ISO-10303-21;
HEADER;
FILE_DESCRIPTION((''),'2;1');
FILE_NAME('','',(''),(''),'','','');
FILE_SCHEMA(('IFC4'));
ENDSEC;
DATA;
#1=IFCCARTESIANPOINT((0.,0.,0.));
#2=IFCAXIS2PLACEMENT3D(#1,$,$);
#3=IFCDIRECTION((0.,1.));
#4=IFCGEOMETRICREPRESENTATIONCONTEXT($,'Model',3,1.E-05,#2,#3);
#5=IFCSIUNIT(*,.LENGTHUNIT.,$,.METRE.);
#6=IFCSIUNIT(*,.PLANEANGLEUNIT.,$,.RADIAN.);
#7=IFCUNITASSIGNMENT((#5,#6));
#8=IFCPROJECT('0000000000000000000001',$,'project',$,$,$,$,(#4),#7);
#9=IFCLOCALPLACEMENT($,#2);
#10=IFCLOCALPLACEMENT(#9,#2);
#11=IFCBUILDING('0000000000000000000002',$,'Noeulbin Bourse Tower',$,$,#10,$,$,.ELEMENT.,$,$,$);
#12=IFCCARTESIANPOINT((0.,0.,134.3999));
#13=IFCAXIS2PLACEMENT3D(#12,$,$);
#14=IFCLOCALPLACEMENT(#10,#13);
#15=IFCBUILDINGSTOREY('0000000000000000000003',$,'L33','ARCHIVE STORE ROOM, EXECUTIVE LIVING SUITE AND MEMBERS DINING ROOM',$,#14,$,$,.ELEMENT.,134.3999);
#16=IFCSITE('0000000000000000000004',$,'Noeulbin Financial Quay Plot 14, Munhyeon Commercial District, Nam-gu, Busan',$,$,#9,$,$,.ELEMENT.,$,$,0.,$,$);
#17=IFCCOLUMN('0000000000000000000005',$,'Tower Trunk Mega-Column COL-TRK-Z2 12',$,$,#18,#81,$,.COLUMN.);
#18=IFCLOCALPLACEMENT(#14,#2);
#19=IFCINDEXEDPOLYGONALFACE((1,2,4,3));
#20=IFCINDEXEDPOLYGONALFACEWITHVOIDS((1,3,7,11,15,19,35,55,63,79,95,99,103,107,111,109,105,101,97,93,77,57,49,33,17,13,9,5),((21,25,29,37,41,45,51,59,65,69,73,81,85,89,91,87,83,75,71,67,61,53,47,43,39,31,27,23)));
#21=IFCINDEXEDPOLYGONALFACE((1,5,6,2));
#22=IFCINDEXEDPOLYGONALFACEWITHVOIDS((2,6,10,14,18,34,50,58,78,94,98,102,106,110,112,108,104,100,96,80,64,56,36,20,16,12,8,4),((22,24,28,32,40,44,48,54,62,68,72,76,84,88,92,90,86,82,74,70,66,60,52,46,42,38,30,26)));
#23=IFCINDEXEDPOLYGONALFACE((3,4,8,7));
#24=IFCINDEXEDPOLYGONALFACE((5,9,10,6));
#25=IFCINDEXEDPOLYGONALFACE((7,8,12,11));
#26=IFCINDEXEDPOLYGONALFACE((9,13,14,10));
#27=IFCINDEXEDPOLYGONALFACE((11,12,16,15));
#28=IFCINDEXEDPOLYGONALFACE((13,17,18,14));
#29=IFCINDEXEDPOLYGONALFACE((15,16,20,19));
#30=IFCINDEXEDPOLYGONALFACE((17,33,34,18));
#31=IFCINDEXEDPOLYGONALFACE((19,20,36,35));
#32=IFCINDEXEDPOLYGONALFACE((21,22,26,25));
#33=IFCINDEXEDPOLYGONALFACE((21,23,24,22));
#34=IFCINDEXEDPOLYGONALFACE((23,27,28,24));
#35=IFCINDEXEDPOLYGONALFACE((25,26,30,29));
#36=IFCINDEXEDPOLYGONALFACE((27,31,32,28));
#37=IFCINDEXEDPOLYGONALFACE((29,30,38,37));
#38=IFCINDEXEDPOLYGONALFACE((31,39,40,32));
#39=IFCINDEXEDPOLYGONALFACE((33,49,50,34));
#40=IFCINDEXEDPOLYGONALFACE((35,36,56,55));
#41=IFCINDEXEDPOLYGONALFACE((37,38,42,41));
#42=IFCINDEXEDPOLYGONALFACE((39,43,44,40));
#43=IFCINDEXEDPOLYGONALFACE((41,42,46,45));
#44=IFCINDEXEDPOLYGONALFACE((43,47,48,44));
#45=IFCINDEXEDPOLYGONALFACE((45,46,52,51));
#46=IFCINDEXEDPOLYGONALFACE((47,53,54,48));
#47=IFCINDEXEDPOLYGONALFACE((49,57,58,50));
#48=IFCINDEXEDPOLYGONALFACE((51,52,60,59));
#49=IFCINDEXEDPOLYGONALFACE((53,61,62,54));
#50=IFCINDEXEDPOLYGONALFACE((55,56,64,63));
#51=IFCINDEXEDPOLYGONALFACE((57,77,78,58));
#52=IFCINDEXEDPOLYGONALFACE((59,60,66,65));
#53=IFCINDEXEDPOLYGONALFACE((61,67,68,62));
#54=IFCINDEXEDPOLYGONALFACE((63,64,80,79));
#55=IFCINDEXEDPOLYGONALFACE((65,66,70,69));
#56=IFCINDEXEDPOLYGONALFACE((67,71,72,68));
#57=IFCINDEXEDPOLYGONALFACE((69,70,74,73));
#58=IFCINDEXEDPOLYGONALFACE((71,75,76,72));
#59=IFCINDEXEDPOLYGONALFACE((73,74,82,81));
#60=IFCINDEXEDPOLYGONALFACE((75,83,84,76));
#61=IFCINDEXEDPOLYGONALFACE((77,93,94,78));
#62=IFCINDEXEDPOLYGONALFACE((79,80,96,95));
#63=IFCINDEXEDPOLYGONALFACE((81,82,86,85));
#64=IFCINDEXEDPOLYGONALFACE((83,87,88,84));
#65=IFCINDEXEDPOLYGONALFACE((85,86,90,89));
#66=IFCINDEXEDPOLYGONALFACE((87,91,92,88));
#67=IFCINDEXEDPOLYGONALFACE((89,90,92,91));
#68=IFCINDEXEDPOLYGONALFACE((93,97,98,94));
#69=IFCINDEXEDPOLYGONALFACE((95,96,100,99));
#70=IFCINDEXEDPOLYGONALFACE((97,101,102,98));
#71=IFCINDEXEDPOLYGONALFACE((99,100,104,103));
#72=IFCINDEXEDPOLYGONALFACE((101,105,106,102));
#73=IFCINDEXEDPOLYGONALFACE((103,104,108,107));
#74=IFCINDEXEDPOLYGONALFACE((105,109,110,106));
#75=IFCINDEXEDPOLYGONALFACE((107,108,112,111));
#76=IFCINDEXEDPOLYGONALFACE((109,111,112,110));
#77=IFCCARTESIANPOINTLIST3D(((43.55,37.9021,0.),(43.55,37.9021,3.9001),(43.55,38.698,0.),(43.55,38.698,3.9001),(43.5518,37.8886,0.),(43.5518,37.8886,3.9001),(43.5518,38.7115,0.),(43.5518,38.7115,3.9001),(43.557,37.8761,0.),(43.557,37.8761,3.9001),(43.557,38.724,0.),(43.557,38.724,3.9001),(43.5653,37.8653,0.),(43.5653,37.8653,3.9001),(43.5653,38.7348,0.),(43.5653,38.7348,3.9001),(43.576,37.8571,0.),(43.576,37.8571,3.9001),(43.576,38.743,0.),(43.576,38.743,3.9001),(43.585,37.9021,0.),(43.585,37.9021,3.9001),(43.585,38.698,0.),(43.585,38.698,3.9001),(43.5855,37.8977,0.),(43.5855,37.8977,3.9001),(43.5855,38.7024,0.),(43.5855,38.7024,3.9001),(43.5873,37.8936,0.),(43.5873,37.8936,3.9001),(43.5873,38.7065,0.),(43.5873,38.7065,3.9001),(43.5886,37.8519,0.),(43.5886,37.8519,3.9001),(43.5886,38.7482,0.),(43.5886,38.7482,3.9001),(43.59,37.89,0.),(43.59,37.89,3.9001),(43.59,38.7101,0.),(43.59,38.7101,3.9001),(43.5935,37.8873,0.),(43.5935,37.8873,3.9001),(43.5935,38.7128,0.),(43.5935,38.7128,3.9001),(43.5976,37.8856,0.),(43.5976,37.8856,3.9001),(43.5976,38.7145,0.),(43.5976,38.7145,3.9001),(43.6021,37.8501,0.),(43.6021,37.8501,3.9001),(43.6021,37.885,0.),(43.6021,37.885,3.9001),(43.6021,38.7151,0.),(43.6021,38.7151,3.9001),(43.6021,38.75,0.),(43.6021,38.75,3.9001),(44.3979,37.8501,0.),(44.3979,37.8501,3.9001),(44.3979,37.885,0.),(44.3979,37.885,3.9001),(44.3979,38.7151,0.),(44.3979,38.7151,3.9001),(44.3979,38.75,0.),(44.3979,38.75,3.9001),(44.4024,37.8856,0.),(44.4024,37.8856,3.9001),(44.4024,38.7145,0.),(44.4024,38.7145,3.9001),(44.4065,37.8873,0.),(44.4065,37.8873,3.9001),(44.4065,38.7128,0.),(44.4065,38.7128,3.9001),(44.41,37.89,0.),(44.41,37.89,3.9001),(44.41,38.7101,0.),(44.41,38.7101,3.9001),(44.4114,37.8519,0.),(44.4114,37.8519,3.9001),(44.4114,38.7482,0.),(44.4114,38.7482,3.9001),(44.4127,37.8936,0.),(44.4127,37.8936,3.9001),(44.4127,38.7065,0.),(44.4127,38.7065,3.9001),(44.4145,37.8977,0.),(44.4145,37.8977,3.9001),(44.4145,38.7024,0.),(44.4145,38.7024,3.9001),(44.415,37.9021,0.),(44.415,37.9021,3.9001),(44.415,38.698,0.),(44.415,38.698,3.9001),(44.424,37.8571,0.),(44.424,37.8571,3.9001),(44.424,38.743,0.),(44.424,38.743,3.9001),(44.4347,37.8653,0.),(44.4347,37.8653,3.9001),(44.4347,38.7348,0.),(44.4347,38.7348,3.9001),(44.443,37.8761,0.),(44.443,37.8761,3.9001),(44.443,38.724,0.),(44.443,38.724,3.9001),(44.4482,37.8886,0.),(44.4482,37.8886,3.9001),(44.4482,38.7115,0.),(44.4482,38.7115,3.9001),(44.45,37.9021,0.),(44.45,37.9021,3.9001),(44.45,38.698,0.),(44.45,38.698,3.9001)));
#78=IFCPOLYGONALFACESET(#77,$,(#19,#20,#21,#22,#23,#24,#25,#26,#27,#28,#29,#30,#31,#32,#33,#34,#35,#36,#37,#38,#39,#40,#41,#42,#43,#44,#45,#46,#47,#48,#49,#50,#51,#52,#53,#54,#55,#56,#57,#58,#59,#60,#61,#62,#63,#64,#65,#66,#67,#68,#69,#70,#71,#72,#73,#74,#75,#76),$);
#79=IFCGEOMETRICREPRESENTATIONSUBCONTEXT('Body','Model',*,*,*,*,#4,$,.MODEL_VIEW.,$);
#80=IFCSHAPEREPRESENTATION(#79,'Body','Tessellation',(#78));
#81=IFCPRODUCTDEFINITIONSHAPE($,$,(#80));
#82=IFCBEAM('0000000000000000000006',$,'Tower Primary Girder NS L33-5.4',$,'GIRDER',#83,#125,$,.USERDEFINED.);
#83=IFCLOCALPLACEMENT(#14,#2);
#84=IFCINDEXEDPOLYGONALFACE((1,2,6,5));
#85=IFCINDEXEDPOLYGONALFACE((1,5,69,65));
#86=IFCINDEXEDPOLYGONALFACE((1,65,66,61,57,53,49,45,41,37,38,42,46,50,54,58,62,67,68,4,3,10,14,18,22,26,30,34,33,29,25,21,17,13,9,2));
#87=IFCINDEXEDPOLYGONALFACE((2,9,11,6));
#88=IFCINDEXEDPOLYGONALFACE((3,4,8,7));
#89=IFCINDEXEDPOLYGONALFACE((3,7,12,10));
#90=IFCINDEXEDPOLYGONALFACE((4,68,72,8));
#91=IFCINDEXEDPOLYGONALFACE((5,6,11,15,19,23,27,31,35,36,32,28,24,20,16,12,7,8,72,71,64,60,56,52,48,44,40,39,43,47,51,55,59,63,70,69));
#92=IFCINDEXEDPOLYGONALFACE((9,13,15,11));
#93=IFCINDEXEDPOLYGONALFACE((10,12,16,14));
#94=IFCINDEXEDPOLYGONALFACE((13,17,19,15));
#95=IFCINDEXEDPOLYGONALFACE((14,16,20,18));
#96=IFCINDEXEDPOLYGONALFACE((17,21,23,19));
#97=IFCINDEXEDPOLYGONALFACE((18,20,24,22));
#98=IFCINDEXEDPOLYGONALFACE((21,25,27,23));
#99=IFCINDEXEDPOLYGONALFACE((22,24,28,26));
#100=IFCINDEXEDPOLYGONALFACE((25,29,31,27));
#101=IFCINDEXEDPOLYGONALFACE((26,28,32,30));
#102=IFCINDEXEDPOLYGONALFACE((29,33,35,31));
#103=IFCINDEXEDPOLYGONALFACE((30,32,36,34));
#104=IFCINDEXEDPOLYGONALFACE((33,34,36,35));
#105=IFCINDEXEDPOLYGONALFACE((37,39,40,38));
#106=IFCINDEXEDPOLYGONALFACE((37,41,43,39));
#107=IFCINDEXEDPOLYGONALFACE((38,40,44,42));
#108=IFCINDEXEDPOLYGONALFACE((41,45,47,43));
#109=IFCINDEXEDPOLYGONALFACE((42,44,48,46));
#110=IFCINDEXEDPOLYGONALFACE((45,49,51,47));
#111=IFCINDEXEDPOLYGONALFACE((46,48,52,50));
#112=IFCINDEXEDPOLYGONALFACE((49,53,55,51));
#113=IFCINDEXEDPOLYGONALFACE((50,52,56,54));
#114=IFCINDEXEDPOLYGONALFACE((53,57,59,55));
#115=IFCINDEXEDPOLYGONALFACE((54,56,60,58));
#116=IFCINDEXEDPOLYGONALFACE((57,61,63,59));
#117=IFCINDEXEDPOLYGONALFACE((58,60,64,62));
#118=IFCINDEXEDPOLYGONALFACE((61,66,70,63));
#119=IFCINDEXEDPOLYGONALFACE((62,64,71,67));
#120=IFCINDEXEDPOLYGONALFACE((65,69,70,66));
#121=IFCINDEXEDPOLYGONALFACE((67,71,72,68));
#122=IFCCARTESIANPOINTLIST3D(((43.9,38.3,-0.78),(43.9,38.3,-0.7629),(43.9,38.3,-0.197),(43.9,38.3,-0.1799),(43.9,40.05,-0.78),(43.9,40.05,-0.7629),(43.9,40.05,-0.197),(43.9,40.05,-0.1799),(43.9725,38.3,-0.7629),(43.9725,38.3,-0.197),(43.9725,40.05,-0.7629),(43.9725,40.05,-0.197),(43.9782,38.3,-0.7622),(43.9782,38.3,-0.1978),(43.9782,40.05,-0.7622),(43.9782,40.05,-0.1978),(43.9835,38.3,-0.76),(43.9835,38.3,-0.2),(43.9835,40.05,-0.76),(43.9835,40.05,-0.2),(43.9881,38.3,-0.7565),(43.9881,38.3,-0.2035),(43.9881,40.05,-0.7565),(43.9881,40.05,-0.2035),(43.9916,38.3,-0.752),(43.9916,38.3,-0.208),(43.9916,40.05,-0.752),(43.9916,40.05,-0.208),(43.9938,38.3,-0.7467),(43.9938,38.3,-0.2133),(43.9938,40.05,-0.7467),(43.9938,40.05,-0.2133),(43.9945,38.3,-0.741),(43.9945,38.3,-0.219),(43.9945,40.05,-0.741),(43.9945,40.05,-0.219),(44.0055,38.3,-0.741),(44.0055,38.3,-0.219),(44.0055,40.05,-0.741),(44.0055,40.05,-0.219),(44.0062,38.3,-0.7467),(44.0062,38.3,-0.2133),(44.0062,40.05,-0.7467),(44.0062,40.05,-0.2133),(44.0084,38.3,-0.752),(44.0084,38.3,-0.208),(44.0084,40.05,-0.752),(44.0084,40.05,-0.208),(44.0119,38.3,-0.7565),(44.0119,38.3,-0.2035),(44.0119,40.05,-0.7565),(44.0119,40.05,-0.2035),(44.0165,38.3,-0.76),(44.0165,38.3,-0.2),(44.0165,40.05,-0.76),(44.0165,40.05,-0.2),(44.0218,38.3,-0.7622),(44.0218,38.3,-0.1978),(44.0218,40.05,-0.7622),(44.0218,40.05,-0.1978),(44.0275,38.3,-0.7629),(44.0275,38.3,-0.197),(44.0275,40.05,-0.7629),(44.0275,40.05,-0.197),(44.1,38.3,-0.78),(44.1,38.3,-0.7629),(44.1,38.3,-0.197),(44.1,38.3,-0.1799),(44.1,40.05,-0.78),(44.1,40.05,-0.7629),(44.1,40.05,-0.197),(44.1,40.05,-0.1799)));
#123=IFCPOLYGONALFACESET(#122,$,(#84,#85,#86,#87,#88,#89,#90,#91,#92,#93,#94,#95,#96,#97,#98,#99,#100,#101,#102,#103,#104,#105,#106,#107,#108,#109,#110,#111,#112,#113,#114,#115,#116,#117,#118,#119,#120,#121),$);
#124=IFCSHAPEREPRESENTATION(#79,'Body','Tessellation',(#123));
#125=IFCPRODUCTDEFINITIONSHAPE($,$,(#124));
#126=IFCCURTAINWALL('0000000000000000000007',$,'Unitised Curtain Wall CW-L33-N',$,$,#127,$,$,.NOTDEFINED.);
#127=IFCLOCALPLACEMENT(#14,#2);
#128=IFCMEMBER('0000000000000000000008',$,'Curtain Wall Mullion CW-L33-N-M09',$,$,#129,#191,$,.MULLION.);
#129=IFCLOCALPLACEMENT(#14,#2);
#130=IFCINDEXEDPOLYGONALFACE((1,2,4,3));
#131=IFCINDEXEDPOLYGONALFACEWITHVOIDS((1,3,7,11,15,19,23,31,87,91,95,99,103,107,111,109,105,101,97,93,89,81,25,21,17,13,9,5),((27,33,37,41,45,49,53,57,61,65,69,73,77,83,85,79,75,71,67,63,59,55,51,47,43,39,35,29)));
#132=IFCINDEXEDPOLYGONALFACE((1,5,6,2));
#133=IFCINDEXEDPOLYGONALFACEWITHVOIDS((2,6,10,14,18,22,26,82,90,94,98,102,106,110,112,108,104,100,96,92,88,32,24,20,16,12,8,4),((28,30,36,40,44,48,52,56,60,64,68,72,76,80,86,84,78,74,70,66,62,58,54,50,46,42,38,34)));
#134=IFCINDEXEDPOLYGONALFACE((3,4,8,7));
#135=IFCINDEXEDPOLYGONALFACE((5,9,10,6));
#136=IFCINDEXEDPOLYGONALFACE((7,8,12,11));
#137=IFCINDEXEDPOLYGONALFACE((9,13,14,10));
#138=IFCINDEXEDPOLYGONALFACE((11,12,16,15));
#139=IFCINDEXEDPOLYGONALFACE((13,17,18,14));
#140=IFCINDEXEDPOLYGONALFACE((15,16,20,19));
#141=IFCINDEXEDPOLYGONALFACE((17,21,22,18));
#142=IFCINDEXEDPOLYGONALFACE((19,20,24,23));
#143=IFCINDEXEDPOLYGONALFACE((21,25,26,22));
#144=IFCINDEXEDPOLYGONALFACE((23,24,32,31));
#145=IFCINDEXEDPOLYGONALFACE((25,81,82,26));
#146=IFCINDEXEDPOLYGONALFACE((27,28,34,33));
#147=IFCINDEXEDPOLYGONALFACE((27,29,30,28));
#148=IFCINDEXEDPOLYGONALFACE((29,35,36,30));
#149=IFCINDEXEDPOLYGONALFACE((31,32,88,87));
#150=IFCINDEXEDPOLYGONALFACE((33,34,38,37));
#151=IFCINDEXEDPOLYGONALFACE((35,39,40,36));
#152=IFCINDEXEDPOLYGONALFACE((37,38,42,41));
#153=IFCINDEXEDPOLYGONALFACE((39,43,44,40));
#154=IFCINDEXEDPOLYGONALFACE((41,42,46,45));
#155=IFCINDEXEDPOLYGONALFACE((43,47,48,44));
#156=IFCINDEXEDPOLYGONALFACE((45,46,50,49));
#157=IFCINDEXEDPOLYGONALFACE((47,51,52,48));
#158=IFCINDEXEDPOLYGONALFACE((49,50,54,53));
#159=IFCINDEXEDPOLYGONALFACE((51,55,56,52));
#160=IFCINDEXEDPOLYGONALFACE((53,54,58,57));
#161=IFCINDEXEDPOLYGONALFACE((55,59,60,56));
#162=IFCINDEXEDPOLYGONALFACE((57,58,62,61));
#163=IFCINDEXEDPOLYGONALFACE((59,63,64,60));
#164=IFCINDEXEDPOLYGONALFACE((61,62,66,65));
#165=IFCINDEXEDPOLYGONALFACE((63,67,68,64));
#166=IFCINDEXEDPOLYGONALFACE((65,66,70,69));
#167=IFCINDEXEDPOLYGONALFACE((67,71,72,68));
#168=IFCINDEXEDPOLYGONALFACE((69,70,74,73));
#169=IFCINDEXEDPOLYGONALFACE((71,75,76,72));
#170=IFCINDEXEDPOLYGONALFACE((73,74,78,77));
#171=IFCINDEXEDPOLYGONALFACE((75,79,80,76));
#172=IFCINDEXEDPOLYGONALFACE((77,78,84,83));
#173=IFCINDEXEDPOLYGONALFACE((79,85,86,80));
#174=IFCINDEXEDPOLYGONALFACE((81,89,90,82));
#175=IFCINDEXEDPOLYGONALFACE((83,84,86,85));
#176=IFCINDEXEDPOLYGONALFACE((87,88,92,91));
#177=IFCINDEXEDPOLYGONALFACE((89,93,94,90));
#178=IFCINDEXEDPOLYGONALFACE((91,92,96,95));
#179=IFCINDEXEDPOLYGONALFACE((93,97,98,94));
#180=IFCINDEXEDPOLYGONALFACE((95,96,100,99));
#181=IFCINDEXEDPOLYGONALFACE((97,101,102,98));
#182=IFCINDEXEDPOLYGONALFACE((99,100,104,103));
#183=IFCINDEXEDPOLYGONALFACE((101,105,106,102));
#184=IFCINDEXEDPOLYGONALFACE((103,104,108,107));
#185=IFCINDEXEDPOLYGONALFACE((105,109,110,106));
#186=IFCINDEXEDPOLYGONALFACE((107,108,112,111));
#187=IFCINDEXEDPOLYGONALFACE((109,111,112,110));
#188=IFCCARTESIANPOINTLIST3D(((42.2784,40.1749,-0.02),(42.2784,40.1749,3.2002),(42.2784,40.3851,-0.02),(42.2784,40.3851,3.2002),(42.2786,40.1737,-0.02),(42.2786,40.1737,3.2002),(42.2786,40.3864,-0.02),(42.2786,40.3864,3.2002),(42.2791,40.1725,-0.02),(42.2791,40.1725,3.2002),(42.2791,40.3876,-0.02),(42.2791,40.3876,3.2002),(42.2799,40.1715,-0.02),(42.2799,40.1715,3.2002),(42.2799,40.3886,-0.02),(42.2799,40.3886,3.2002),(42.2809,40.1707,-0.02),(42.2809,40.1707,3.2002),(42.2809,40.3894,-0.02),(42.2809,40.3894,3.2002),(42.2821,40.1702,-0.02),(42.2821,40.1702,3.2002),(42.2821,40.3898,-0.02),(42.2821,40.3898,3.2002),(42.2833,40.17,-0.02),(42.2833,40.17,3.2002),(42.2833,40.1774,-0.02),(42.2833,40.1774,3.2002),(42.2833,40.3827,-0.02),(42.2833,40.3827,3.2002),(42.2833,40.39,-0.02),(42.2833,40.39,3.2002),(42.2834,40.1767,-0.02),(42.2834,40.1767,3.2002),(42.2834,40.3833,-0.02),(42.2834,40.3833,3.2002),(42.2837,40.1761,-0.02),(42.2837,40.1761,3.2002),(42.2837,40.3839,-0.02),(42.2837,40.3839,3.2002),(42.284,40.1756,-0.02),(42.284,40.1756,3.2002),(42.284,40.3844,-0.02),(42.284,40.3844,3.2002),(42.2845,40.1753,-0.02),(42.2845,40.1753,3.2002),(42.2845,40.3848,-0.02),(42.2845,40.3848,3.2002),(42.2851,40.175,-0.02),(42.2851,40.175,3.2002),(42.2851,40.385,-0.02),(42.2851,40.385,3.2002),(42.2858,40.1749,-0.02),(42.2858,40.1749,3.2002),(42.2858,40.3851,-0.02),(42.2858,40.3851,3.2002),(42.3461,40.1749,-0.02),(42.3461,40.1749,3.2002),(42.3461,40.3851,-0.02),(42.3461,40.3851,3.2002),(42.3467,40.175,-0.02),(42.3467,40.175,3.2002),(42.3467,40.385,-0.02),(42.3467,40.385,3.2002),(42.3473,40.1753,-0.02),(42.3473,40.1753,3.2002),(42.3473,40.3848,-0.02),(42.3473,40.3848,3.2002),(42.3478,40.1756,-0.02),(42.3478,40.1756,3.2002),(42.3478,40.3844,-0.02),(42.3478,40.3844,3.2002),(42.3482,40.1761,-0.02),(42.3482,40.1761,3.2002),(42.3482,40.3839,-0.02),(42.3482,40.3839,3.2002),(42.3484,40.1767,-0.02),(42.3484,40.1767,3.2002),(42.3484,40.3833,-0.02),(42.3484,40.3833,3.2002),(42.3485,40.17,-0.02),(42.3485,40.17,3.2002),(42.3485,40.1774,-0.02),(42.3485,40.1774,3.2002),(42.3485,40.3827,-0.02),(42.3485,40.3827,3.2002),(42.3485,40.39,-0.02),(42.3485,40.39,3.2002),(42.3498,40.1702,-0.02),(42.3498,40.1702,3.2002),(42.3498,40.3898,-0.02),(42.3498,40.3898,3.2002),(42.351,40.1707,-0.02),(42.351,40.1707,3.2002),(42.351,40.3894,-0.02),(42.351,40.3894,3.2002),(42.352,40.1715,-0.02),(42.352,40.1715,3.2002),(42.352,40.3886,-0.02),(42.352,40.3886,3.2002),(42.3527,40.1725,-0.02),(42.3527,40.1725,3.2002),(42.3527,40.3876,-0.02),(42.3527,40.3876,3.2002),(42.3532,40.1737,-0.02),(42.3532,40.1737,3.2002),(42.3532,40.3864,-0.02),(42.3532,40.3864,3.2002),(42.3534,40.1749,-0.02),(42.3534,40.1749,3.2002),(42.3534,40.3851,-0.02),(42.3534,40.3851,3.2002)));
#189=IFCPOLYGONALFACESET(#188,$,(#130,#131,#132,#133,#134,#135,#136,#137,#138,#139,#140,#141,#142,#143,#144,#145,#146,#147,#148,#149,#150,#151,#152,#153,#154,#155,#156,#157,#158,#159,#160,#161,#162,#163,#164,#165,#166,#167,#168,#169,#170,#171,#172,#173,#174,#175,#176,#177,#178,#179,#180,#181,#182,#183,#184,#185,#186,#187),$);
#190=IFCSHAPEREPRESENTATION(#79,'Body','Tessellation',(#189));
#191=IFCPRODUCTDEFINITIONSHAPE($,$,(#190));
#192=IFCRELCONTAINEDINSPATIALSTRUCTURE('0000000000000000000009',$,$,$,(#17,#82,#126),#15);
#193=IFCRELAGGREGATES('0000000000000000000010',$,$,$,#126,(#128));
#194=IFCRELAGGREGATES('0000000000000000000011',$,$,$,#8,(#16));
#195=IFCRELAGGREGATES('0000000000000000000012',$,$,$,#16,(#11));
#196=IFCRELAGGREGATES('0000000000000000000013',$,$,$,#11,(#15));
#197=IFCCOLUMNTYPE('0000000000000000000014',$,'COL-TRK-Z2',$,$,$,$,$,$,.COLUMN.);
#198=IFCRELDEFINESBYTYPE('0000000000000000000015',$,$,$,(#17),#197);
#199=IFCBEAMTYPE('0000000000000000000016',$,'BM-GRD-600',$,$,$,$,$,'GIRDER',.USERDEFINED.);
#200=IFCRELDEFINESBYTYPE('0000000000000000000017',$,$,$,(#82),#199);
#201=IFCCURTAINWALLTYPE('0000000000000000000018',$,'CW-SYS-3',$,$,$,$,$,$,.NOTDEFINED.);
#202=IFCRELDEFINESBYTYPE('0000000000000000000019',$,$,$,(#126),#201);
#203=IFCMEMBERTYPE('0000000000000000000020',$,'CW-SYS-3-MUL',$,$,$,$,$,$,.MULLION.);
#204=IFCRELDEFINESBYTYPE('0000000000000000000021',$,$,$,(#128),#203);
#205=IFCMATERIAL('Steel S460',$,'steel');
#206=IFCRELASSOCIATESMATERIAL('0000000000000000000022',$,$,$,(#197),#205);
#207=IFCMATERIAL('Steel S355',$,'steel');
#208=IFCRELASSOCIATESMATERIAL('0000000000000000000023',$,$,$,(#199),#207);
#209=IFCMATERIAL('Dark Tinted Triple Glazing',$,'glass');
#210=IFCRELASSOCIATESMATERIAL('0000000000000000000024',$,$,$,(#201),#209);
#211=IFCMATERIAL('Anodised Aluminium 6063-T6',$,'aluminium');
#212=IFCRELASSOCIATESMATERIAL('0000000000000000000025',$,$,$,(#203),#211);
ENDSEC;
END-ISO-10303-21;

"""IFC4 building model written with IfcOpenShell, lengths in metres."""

from ifc_helpers import new_model, si_unit, direction, frame, origin, origin_2d, place, context, subcontext, project, spatial, hollow_rectangle, i_section, extrude, material, material_profile, profile_set, type_object, element, aggregate, save


model = new_model("IFC4")

# Units and contexts
model_context = context("Model", 3, precision=1e-05, world=origin(), true_north=direction((0.0, 1.0)))
body_context = subcontext(model_context, "Body", "Model", "MODEL_VIEW")
ifc_project = project(units=[si_unit("LENGTHUNIT", "METRE"), si_unit("PLANEANGLEUNIT", "RADIAN")], contexts=[model_context])

# Site, building, storey
site_placement = place(None, origin())
site = spatial("IfcSite", under=ifc_project, at=site_placement, Name="Noeulbin Financial Quay Plot 14, Munhyeon Commercial District, Nam-gu, Busan", CompositionType="ELEMENT", RefElevation=0.0)
building_placement = place(site_placement, origin())
building = spatial("IfcBuilding", under=site, at=building_placement, Name="Noeulbin Bourse Tower", CompositionType="ELEMENT")
storey_placement = place(building_placement, frame((0.0, 0.0, 134.3999)))
storey = spatial("IfcBuildingStorey", under=building, at=storey_placement, Name="L33", Description="ARCHIVE STORE ROOM, EXECUTIVE LIVING SUITE AND MEMBERS DINING ROOM", CompositionType="ELEMENT", Elevation=134.3999)

# Column
ifc_material_1 = material(Name="Steel S460", Category="steel")
ifc_material_profile_1 = material_profile(ifc_material_1, hollow_rectangle(XDim=0.8999, YDim=0.8999, WallThickness=0.0349, InnerFilletRadius=0.0171, OuterFilletRadius=0.052, at=origin_2d()), Name="BOX-900x900x35", Category="LoadBearing")
ifc_profile_set_1 = profile_set([ifc_material_profile_1], Name="Steel S460")
column_type = type_object("IfcColumnType", Name="COL-TRK-Z2", PredefinedType="COLUMN", material=ifc_profile_set_1)
column_placement = place(storey_placement, frame((44.0, 38.3, 0.0), z_axis=(0.0, 0.0, 1.0), x_axis=(1.0, 0.0, 0.0)))
element("IfcColumn", 1, at=column_placement, inside=storey, type_object=column_type, Name="Tower Trunk Mega-Column COL-TRK-Z2 12", PredefinedType="COLUMN", context=body_context, shape_type="SweptSolid", body=[
    extrude(hollow_rectangle(XDim=0.8999, YDim=0.8999, WallThickness=0.0349, InnerFilletRadius=0.0171, OuterFilletRadius=0.052, at=origin_2d()), origin(), (0.0, 0.0, 1.0), 3.9001),
])

# Beam
ifc_material_2 = material(Name="Steel S355", Category="steel")
ifc_material_profile_2 = material_profile(ifc_material_2, i_section(OverallWidth=0.2, OverallDepth=0.6001, WebThickness=0.011, FlangeThickness=0.0171, FilletRadius=0.022, at=origin_2d()), Name="H-600x200x11x17", Category="LoadBearing")
ifc_profile_set_2 = profile_set([ifc_material_profile_2], Name="Steel S355")
beam_type = type_object("IfcBeamType", Name="BM-GRD-600", ElementType="GIRDER", PredefinedType="USERDEFINED", material=ifc_profile_set_2)
beam_placement = place(storey_placement, frame((44.0, 38.3, -0.48), z_axis=(0.0, 1.0, 0.0), x_axis=(-1.0, 0.0, 0.0)))
element("IfcBeam", 2, at=beam_placement, inside=storey, type_object=beam_type, Name="Tower Primary Girder NS L33-5.4", ObjectType="GIRDER", PredefinedType="USERDEFINED", context=body_context, shape_type="SweptSolid", body=[
    extrude(i_section(OverallWidth=0.2, OverallDepth=0.6001, WebThickness=0.011, FlangeThickness=0.0171, FilletRadius=0.022, at=origin_2d()), origin(), (0.0, 0.0, 1.0), 1.75),
])

# Curtain wall, member
ifc_material_3 = material(Name="Dark Tinted Triple Glazing", Category="glass")
curtain_wall_type = type_object("IfcCurtainWallType", Name="CW-SYS-3", PredefinedType="NOTDEFINED", material=ifc_material_3)
curtain_wall_1_placement = place(storey_placement, origin())
curtain_wall_1 = element("IfcCurtainWall", 3, at=curtain_wall_1_placement, inside=storey, type_object=curtain_wall_type, Name="Unitised Curtain Wall CW-L33-N", PredefinedType="NOTDEFINED")
ifc_material_4 = material(Name="Anodised Aluminium 6063-T6", Category="aluminium")
ifc_material_profile_3 = material_profile(ifc_material_4, hollow_rectangle(XDim=0.075, YDim=0.22, WallThickness=0.0049, InnerFilletRadius=0.0024, OuterFilletRadius=0.0049, at=origin_2d()), Name="ALU-MULL-75x220x5", Category="LoadBearing")
ifc_profile_set_3 = profile_set([ifc_material_profile_3], Name="Anodised Aluminium 6063-T6")
member_type_1 = type_object("IfcMemberType", Name="CW-SYS-3-MUL", PredefinedType="MULLION", material=ifc_profile_set_3)
member_1_placement = place(storey_placement, frame((42.3159, 40.28, -0.02), z_axis=(0.0, 0.0, 1.0), x_axis=(1.0, 0.0, 0.0)))
member_1 = element("IfcMember", 4, at=member_1_placement, type_object=member_type_1, Name="Curtain Wall Mullion CW-L33-N-M09", PredefinedType="MULLION", context=body_context, shape_type="SweptSolid", body=[
    extrude(hollow_rectangle(XDim=0.075, YDim=0.22, WallThickness=0.0049, InnerFilletRadius=0.0024, OuterFilletRadius=0.0049, at=origin_2d()), origin(), (0.0, 0.0, 1.0), 3.2202),
])

aggregate(curtain_wall_1, [member_1])

save(model, "model.ifc")
